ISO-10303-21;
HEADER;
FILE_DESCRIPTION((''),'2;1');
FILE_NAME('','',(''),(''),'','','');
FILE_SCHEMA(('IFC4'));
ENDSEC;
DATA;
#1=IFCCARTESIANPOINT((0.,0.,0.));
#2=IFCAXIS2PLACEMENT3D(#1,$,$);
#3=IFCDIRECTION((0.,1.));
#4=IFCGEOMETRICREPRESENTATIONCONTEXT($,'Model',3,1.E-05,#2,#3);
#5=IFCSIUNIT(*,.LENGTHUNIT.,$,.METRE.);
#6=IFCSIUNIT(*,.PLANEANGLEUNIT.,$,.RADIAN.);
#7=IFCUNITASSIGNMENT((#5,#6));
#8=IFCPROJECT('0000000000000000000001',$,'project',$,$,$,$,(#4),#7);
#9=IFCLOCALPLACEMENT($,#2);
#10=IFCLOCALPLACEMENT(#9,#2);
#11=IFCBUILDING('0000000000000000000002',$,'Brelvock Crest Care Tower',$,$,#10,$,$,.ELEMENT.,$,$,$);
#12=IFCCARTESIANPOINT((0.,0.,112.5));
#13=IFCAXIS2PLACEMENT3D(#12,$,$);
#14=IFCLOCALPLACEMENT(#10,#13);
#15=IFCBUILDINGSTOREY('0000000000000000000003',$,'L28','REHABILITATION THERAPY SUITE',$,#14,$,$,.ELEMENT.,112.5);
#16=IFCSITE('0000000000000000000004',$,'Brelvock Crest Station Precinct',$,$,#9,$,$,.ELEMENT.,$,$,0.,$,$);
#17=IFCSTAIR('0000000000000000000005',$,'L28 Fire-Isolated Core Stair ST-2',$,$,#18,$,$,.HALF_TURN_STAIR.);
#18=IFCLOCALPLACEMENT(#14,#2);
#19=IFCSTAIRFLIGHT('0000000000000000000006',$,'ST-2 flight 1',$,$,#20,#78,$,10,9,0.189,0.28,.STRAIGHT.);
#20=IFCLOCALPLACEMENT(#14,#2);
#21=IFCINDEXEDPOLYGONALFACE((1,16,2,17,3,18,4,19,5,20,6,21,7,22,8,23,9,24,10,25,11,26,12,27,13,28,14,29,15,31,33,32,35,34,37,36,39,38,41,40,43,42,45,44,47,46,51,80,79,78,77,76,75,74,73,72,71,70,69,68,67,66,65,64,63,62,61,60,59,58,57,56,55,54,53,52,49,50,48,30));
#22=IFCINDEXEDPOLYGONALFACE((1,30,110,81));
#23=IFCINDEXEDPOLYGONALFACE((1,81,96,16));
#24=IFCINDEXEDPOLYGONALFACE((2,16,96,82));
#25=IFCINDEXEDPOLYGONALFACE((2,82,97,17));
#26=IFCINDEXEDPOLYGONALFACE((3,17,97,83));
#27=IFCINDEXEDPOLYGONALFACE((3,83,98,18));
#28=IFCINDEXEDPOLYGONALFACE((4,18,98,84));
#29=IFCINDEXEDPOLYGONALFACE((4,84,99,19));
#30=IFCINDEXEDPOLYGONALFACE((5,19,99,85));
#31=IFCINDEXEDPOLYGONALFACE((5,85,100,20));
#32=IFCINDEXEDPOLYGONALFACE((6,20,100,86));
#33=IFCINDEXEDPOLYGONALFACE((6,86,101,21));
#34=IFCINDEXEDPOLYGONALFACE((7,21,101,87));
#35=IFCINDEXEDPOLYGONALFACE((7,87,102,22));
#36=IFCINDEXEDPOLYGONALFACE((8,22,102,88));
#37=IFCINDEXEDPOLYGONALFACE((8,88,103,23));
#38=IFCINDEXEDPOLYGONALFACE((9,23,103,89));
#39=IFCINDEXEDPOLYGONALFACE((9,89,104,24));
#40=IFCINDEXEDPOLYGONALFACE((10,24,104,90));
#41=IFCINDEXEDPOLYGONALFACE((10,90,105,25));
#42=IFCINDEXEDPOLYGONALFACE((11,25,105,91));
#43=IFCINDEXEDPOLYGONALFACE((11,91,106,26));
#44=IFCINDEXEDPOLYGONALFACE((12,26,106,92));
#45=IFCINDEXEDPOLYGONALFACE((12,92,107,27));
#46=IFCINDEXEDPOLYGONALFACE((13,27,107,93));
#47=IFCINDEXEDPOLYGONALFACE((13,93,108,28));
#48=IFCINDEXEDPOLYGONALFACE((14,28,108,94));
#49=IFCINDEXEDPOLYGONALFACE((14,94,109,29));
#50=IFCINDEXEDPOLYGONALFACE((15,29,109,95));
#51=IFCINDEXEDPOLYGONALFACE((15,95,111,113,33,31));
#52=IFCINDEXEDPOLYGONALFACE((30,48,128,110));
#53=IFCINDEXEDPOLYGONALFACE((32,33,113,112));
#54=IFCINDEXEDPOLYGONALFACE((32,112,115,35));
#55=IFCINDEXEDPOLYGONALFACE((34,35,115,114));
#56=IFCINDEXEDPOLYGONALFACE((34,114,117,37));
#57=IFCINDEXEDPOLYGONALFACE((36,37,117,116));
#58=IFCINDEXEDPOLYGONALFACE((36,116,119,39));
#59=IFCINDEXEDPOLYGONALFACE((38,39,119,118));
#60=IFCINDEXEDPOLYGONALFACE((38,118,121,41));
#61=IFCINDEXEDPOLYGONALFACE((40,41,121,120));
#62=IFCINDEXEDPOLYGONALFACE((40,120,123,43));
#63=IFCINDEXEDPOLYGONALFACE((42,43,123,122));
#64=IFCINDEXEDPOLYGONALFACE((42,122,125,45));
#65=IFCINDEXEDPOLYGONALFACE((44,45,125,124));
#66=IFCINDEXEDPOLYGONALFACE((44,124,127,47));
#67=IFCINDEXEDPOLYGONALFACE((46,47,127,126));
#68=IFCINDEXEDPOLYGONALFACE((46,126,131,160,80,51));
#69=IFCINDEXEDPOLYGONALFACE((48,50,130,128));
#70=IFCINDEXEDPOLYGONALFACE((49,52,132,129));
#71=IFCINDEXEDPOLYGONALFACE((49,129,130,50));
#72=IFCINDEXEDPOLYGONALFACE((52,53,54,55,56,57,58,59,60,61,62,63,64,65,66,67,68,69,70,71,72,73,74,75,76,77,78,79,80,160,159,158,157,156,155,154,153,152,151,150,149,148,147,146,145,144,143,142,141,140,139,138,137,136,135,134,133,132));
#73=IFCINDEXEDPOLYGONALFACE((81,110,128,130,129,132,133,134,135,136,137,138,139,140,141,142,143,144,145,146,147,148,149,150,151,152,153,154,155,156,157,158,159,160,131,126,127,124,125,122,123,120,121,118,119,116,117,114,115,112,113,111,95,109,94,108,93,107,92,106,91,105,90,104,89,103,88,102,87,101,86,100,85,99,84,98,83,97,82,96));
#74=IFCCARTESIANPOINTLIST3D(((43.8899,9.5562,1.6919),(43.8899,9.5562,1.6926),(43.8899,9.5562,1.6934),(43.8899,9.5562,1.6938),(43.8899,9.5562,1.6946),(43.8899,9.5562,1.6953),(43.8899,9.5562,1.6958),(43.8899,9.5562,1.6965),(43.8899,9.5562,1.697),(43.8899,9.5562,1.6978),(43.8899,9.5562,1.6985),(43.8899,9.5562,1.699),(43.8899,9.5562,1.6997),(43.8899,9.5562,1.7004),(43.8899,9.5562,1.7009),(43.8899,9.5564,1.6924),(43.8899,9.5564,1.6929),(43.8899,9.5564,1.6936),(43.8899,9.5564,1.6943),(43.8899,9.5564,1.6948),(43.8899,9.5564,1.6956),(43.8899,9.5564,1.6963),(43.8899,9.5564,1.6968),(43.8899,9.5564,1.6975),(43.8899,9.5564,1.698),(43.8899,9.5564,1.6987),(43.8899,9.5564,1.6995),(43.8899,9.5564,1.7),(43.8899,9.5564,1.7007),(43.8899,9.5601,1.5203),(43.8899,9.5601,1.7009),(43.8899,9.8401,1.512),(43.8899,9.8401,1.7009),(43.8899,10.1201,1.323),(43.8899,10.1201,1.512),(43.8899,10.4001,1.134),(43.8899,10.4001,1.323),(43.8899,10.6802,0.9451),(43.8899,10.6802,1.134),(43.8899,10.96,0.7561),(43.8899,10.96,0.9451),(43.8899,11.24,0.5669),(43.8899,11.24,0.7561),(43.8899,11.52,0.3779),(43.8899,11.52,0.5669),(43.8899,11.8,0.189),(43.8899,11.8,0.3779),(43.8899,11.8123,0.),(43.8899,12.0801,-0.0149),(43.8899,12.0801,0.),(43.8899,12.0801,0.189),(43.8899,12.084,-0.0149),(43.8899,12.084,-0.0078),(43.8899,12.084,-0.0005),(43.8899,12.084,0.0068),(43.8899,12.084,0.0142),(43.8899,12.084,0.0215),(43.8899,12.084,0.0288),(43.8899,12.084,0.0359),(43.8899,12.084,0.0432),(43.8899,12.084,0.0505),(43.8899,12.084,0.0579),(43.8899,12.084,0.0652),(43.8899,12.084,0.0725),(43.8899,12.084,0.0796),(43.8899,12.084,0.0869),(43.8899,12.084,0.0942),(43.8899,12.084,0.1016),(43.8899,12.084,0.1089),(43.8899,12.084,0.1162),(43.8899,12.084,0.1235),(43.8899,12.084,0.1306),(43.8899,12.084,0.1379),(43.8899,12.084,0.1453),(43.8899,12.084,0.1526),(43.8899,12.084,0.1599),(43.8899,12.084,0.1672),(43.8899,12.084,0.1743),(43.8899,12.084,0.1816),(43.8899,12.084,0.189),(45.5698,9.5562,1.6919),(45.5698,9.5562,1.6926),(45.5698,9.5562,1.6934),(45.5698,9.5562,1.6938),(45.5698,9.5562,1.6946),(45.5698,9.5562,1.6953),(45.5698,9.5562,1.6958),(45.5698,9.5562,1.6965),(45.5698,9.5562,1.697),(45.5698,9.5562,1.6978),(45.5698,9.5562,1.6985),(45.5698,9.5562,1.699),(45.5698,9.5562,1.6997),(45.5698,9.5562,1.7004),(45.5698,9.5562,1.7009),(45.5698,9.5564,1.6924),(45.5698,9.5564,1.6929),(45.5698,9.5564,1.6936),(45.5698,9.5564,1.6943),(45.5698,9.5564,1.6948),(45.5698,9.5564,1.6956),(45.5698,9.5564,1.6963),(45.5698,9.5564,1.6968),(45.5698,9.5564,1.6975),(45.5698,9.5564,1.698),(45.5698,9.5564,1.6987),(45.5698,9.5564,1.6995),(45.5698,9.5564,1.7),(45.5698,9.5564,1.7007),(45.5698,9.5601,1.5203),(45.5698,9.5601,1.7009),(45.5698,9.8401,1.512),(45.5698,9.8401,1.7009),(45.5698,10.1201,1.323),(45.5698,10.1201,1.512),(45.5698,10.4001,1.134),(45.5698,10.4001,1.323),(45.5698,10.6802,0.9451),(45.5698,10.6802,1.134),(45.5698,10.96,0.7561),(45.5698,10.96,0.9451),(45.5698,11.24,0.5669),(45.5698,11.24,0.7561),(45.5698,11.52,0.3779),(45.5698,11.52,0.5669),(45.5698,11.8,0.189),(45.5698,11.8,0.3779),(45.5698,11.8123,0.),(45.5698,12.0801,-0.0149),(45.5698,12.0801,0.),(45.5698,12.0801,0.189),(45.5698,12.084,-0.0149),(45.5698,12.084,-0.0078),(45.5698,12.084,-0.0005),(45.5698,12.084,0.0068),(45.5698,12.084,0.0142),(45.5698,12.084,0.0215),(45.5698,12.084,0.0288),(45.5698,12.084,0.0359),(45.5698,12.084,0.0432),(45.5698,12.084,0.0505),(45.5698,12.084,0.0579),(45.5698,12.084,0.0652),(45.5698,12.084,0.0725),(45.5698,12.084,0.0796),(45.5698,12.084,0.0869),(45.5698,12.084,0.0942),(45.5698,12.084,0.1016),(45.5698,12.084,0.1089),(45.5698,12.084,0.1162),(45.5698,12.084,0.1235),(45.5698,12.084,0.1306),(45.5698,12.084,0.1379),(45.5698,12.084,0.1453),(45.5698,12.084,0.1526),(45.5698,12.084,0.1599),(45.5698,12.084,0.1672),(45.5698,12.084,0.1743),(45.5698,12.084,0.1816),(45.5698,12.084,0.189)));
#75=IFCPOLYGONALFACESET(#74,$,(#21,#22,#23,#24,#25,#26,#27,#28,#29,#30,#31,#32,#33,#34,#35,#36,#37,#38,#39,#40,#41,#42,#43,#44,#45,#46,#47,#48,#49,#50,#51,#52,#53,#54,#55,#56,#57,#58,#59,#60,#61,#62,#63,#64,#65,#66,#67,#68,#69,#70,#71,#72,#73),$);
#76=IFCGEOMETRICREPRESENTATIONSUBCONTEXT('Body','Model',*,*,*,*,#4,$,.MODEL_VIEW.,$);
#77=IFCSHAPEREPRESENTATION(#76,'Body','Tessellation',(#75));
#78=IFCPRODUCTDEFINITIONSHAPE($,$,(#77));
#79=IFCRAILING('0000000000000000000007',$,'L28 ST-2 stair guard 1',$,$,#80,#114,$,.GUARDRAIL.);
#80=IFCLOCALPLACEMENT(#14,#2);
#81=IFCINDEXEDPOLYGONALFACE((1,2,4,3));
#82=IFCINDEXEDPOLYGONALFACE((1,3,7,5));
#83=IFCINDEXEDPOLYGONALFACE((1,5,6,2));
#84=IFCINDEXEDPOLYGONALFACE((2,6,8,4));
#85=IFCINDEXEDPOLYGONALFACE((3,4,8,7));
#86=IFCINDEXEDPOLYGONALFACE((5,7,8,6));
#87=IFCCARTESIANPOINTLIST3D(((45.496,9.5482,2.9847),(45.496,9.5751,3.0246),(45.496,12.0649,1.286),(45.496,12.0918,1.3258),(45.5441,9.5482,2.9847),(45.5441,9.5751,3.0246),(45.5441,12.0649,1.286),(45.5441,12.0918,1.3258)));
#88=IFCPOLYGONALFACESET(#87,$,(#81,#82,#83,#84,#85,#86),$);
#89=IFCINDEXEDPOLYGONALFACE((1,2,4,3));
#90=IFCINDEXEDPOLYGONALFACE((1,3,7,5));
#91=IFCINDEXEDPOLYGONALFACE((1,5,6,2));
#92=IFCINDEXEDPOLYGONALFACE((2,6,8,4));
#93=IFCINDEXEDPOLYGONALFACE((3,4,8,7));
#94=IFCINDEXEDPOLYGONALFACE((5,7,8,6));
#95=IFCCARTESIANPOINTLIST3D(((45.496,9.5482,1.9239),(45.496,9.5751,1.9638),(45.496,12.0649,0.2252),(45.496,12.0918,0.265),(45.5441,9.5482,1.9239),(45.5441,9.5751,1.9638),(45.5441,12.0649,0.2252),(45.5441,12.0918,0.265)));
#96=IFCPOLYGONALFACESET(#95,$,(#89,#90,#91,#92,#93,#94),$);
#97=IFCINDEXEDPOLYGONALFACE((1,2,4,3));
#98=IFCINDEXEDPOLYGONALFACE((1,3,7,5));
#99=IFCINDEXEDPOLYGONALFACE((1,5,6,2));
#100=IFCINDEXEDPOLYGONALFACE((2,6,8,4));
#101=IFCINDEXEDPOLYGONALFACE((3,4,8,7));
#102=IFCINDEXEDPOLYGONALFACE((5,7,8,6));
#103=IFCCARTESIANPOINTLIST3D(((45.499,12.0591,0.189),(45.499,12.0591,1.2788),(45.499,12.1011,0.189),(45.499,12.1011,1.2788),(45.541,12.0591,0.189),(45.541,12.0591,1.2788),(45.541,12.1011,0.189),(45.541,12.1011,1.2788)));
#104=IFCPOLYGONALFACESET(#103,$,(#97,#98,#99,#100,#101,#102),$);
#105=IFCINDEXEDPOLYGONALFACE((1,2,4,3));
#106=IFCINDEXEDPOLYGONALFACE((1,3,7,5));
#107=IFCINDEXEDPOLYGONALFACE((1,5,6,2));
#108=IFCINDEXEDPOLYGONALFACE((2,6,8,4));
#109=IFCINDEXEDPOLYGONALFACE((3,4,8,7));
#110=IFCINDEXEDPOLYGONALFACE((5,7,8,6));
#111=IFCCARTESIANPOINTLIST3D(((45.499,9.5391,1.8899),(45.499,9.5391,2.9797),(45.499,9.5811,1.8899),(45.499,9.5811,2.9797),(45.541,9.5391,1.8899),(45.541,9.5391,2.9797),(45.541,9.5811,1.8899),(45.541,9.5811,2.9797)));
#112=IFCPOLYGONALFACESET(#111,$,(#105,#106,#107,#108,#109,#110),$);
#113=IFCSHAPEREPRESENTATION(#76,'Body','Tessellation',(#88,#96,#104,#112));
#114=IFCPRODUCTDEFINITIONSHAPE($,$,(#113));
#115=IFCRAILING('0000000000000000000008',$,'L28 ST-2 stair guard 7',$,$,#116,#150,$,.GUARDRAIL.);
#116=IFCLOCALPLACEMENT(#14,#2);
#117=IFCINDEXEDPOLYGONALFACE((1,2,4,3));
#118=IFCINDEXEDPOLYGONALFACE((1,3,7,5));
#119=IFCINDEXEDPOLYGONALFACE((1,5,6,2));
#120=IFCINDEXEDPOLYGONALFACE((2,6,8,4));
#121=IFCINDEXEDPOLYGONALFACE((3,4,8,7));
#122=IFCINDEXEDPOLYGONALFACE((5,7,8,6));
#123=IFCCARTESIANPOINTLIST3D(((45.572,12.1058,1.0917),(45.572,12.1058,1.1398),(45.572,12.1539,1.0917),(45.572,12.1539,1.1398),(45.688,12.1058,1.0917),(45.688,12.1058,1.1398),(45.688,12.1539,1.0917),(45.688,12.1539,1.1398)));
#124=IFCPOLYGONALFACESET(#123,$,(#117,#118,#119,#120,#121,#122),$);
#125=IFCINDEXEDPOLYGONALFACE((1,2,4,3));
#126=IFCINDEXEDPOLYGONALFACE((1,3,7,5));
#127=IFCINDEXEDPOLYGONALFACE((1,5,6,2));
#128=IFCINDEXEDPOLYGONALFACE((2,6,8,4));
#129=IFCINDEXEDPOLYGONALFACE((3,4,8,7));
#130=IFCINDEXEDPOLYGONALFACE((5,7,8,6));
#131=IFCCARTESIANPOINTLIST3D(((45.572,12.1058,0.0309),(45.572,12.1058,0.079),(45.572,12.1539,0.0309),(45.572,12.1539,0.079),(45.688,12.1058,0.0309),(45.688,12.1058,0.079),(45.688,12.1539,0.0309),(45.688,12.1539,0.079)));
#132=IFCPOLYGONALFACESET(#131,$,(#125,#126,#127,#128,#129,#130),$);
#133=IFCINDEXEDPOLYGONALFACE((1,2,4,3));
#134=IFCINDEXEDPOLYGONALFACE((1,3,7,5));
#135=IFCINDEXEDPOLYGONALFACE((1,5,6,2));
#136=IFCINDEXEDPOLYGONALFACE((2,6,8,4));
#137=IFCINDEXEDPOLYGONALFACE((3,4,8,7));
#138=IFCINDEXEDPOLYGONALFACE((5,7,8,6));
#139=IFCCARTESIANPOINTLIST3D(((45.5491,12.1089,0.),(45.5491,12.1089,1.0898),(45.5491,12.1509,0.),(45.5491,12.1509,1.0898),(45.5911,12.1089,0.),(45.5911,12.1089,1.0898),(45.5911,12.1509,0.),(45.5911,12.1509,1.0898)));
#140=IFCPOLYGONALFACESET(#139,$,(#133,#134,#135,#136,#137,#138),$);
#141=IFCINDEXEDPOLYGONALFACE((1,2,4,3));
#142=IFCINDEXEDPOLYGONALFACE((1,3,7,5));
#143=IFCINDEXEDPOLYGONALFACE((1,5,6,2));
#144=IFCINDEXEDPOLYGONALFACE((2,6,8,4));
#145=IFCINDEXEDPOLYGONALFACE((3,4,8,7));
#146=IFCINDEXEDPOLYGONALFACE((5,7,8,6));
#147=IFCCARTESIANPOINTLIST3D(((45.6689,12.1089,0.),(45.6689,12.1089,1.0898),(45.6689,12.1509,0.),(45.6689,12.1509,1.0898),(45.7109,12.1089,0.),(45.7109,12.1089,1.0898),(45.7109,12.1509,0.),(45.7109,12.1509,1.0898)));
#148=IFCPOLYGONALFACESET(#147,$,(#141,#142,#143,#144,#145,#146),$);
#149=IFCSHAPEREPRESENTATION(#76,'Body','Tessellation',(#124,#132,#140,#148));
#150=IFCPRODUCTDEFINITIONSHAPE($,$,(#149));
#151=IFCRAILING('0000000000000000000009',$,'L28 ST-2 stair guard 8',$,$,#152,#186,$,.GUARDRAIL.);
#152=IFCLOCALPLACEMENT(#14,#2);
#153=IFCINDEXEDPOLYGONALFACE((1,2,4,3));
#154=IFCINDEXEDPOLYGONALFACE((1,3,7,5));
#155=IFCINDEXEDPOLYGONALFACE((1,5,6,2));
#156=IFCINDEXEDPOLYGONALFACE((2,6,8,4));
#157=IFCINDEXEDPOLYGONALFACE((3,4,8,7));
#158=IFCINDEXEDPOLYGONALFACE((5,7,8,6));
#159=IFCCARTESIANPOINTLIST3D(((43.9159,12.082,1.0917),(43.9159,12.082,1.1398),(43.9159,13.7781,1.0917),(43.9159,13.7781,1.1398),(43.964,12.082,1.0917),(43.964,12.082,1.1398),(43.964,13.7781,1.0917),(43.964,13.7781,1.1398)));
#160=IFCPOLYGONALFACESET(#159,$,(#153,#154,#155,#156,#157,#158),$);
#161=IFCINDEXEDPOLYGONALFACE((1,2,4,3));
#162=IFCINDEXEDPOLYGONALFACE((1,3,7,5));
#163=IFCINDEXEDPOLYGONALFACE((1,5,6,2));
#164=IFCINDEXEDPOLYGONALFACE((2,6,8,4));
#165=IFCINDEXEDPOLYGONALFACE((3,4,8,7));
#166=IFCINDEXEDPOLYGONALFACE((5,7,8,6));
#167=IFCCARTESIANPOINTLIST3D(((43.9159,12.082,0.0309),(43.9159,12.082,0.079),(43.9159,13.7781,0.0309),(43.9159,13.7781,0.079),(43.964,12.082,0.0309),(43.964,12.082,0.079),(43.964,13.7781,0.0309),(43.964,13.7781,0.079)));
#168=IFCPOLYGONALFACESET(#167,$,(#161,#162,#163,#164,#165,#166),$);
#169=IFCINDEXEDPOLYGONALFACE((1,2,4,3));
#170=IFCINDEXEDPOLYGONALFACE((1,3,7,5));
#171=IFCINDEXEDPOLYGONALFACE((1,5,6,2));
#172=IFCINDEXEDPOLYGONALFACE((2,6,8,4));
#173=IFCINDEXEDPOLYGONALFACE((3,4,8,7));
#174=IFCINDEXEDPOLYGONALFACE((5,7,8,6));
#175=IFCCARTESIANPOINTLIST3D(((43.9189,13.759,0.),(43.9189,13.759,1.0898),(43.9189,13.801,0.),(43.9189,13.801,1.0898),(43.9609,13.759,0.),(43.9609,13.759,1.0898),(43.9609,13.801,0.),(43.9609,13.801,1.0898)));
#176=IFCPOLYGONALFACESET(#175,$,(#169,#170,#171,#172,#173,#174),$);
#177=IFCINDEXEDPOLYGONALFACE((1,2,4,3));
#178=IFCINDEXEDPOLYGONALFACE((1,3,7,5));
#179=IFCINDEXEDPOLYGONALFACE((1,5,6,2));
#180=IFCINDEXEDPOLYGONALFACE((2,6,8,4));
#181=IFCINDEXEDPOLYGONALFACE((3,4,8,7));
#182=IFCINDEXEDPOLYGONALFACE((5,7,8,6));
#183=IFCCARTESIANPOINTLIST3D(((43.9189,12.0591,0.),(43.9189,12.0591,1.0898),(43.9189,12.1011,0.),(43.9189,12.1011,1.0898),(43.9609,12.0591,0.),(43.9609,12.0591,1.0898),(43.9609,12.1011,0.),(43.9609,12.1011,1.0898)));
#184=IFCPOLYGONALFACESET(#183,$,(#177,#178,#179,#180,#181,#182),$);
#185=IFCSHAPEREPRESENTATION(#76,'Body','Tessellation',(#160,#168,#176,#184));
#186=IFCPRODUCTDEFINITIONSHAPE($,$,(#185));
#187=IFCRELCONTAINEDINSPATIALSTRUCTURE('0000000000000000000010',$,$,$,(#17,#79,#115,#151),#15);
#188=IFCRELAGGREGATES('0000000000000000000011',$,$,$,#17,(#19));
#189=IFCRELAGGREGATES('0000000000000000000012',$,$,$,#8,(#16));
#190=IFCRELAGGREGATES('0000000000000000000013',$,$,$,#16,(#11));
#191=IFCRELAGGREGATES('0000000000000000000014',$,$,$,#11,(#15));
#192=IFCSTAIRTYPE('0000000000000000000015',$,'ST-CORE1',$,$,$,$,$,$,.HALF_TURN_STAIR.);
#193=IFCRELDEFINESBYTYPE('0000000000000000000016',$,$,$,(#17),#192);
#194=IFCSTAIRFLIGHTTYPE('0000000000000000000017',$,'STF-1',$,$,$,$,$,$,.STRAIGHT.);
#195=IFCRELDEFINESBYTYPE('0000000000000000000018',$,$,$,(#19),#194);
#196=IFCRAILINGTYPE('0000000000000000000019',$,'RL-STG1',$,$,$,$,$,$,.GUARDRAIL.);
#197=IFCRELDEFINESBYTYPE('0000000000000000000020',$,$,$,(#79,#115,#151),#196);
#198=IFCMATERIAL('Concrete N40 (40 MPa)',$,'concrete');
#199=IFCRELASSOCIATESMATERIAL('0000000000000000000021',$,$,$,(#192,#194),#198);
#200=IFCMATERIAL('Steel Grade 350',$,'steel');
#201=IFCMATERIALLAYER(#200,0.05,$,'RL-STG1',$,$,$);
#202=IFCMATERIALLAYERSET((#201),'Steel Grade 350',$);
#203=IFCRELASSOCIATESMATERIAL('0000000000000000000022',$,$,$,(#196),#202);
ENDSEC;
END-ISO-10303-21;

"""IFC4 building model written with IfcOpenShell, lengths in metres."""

from ifc_helpers import new_model, si_unit, direction, frame, origin, origin_2d, place, context, subcontext, project, spatial, polyline, rectangle, outline, extrude, material, layer, layer_set, type_object, element, aggregate, save


model = new_model("IFC4")

# Units and contexts
model_context = context("Model", 3, precision=1e-05, world=origin(), true_north=direction((0.0, 1.0)))
body_context = subcontext(model_context, "Body", "Model", "MODEL_VIEW")
ifc_project = project(units=[si_unit("LENGTHUNIT", "METRE"), si_unit("PLANEANGLEUNIT", "RADIAN")], contexts=[model_context])

# Site, building, storey
site_placement = place(None, origin())
site = spatial("IfcSite", under=ifc_project, at=site_placement, Name="Brelvock Crest Station Precinct", CompositionType="ELEMENT", RefElevation=0.0)
building_placement = place(site_placement, origin())
building = spatial("IfcBuilding", under=site, at=building_placement, Name="Brelvock Crest Care Tower", CompositionType="ELEMENT")
storey_placement = place(building_placement, frame((0.0, 0.0, 112.5)))
storey = spatial("IfcBuildingStorey", under=building, at=storey_placement, Name="L28", Description="REHABILITATION THERAPY SUITE", CompositionType="ELEMENT", Elevation=112.5)

# Shared definitions
ifc_material_1 = material(Name="Steel Grade 350", Category="steel")

# Stair, stair flight
ifc_material_2 = material(Name="Concrete N40 (40 MPa)", Category="concrete")
stair_type = type_object("IfcStairType", Name="ST-CORE1", PredefinedType="HALF_TURN_STAIR", material=ifc_material_2)
stair_placement = place(storey_placement, origin())
stair = element("IfcStair", 1, at=stair_placement, inside=storey, type_object=stair_type, Name="L28 Fire-Isolated Core Stair ST-2", PredefinedType="HALF_TURN_STAIR")
stair_flight_type = type_object("IfcStairFlightType", Name="STF-1", PredefinedType="STRAIGHT", material=ifc_material_2)
stair_flight_placement = place(storey_placement, frame((44.73, 12.0801, 0.0), z_axis=(0.0, 0.0, 1.0), x_axis=(0.0, -1.0, 0.0)))
stair_flight = element("IfcStairFlight", 2, at=stair_flight_placement, type_object=stair_flight_type, Name="ST-2 flight 1", NumberOfRisers=10, NumberOfTreads=9, PredefinedType="STRAIGHT", RiserHeight=0.189, TreadLength=0.28, context=body_context, shape_type="SweptSolid", body=[
    extrude(outline(polyline([(-0.0039, -0.0149), (-0.0039, -0.0078), (-0.0039, -0.0005), (-0.0039, 0.0068), (-0.0039, 0.0142), (-0.0039, 0.0215), (-0.0039, 0.0288), (-0.0039, 0.0359), (-0.0039, 0.0432), (-0.0039, 0.0505), (-0.0039, 0.0579), (-0.0039, 0.0652), (-0.0039, 0.0725), (-0.0039, 0.0796), (-0.0039, 0.0869), (-0.0039, 0.0942), (-0.0039, 0.1016), (-0.0039, 0.1089), (-0.0039, 0.1162), (-0.0039, 0.1235), (-0.0039, 0.1306), (-0.0039, 0.1379), (-0.0039, 0.1453), (-0.0039, 0.1526), (-0.0039, 0.1599), (-0.0039, 0.1672), (-0.0039, 0.1743), (-0.0039, 0.1816), (-0.0039, 0.189), (0.0, 0.189), (0.28, 0.189), (0.28, 0.3779), (0.5601, 0.3779), (0.5601, 0.5669), (0.8401, 0.5669), (0.8401, 0.7561), (1.1201, 0.7561), (1.1201, 0.9451), (1.3999, 0.9451), (1.3999, 1.134), (1.6799, 1.134), (1.6799, 1.323), (1.96, 1.323), (1.96, 1.512), (2.24, 1.512), (2.24, 1.7009), (2.52, 1.7009), (2.5239, 1.7009), (2.5237, 1.7007), (2.5239, 1.7004), (2.5237, 1.7), (2.5239, 1.6997), (2.5237, 1.6995), (2.5239, 1.699), (2.5237, 1.6987), (2.5239, 1.6985), (2.5237, 1.698), (2.5239, 1.6978), (2.5237, 1.6975), (2.5239, 1.697), (2.5237, 1.6968), (2.5239, 1.6965), (2.5237, 1.6963), (2.5239, 1.6958), (2.5237, 1.6956), (2.5239, 1.6953), (2.5237, 1.6948), (2.5239, 1.6946), (2.5237, 1.6943), (2.5239, 1.6938), (2.5237, 1.6936), (2.5239, 1.6934), (2.5237, 1.6929), (2.5239, 1.6926), (2.5237, 1.6924), (2.5239, 1.6919), (2.52, 1.5203), (0.2678, 0.0), (0.0, 0.0), (0.0, -0.0149), (-0.0039, -0.0149)])), frame((0.0, 0.8398, 0.0), z_axis=(0.0, -1.0, 0.0), x_axis=(1.0, 0.0, 0.0)), (0.0, 0.0, 1.0), 1.6799),
])
aggregate(stair, [stair_flight])

# Railings
ifc_layer_1 = layer(ifc_material_1, 0.05, Name="RL-STG1")
ifc_layer_set_1 = layer_set([ifc_layer_1], Name="Steel Grade 350")
railing_type_1 = type_object("IfcRailingType", Name="RL-STG1", PredefinedType="GUARDRAIL", material=ifc_layer_set_1)
railing_1_placement = place(storey_placement, frame((45.52, 12.0801, 0.189)))
element("IfcRailing", 3, at=railing_1_placement, inside=storey, type_object=railing_type_1, Name="L28 ST-2 stair guard 1", PredefinedType="GUARDRAIL", context=body_context, shape_type="SweptSolid", body=[
    extrude(rectangle(XDim=0.0481, YDim=0.0481, at=origin_2d()), frame((0.0, -0.0017, 1.1169), z_axis=(0.0, -0.828862, 0.559454), x_axis=(1.0, 0.0, 0.0)), (0.0, 0.0, 1.0), 3.0364),
    extrude(rectangle(XDim=0.0481, YDim=0.0481, at=origin_2d()), frame((0.0, -0.0017, 0.0562), z_axis=(0.0, -0.828862, 0.559454), x_axis=(1.0, 0.0, 0.0)), (0.0, 0.0, 1.0), 3.0364),
    extrude(rectangle(XDim=0.042, YDim=0.042, at=origin_2d()), origin(), (0.0, 0.0, 1.0), 1.0898),
    extrude(rectangle(XDim=0.042, YDim=0.042, at=origin_2d()), frame((0.0, -2.52, 1.7009)), (0.0, 0.0, 1.0), 1.0898),
])
railing_2_placement = place(storey_placement, frame((45.5701, 12.1299, 0.0)))
element("IfcRailing", 4, at=railing_2_placement, inside=storey, type_object=railing_type_1, Name="L28 ST-2 stair guard 7", PredefinedType="GUARDRAIL", context=body_context, shape_type="SweptSolid", body=[
    extrude(rectangle(XDim=0.0481, YDim=0.0481, at=origin_2d()), frame((0.002, 0.0, 1.1157), z_axis=(1.0, 0.0, 0.0), x_axis=(0.0, 1.0, 0.0)), (0.0, 0.0, 1.0), 0.116),
    extrude(rectangle(XDim=0.0481, YDim=0.0481, at=origin_2d()), frame((0.002, 0.0, 0.0549), z_axis=(1.0, 0.0, 0.0), x_axis=(0.0, 1.0, 0.0)), (0.0, 0.0, 1.0), 0.116),
    extrude(rectangle(XDim=0.042, YDim=0.042, at=origin_2d()), origin(), (0.0, 0.0, 1.0), 1.0898),
    extrude(rectangle(XDim=0.042, YDim=0.042, at=origin_2d()), frame((0.1199, 0.0, 0.0)), (0.0, 0.0, 1.0), 1.0898),
])
for number, where, name in (
    (5, (43.9399, 13.78, 0.0), "L28 ST-2 stair guard 8"),
):
    element("IfcRailing", number, at=place(storey_placement, frame(where)), inside=storey, type_object=railing_type_1, Name=name, PredefinedType="GUARDRAIL", context=body_context, shape_type="SweptSolid", body=[
        extrude(rectangle(XDim=0.0481, YDim=0.0481, at=origin_2d()), frame((0.0, -0.002, 1.1157), z_axis=(0.0, -1.0, 0.0), x_axis=(1.0, 0.0, 0.0)), (0.0, 0.0, 1.0), 1.696),
        extrude(rectangle(XDim=0.0481, YDim=0.0481, at=origin_2d()), frame((0.0, -0.002, 0.0549), z_axis=(0.0, -1.0, 0.0), x_axis=(1.0, 0.0, 0.0)), (0.0, 0.0, 1.0), 1.696),
        extrude(rectangle(XDim=0.042, YDim=0.042, at=origin_2d()), origin(), (0.0, 0.0, 1.0), 1.0898),
        extrude(rectangle(XDim=0.042, YDim=0.042, at=origin_2d()), frame((0.0, -1.7, 0.0)), (0.0, 0.0, 1.0), 1.0898),
    ])

save(model, "model.ifc")
